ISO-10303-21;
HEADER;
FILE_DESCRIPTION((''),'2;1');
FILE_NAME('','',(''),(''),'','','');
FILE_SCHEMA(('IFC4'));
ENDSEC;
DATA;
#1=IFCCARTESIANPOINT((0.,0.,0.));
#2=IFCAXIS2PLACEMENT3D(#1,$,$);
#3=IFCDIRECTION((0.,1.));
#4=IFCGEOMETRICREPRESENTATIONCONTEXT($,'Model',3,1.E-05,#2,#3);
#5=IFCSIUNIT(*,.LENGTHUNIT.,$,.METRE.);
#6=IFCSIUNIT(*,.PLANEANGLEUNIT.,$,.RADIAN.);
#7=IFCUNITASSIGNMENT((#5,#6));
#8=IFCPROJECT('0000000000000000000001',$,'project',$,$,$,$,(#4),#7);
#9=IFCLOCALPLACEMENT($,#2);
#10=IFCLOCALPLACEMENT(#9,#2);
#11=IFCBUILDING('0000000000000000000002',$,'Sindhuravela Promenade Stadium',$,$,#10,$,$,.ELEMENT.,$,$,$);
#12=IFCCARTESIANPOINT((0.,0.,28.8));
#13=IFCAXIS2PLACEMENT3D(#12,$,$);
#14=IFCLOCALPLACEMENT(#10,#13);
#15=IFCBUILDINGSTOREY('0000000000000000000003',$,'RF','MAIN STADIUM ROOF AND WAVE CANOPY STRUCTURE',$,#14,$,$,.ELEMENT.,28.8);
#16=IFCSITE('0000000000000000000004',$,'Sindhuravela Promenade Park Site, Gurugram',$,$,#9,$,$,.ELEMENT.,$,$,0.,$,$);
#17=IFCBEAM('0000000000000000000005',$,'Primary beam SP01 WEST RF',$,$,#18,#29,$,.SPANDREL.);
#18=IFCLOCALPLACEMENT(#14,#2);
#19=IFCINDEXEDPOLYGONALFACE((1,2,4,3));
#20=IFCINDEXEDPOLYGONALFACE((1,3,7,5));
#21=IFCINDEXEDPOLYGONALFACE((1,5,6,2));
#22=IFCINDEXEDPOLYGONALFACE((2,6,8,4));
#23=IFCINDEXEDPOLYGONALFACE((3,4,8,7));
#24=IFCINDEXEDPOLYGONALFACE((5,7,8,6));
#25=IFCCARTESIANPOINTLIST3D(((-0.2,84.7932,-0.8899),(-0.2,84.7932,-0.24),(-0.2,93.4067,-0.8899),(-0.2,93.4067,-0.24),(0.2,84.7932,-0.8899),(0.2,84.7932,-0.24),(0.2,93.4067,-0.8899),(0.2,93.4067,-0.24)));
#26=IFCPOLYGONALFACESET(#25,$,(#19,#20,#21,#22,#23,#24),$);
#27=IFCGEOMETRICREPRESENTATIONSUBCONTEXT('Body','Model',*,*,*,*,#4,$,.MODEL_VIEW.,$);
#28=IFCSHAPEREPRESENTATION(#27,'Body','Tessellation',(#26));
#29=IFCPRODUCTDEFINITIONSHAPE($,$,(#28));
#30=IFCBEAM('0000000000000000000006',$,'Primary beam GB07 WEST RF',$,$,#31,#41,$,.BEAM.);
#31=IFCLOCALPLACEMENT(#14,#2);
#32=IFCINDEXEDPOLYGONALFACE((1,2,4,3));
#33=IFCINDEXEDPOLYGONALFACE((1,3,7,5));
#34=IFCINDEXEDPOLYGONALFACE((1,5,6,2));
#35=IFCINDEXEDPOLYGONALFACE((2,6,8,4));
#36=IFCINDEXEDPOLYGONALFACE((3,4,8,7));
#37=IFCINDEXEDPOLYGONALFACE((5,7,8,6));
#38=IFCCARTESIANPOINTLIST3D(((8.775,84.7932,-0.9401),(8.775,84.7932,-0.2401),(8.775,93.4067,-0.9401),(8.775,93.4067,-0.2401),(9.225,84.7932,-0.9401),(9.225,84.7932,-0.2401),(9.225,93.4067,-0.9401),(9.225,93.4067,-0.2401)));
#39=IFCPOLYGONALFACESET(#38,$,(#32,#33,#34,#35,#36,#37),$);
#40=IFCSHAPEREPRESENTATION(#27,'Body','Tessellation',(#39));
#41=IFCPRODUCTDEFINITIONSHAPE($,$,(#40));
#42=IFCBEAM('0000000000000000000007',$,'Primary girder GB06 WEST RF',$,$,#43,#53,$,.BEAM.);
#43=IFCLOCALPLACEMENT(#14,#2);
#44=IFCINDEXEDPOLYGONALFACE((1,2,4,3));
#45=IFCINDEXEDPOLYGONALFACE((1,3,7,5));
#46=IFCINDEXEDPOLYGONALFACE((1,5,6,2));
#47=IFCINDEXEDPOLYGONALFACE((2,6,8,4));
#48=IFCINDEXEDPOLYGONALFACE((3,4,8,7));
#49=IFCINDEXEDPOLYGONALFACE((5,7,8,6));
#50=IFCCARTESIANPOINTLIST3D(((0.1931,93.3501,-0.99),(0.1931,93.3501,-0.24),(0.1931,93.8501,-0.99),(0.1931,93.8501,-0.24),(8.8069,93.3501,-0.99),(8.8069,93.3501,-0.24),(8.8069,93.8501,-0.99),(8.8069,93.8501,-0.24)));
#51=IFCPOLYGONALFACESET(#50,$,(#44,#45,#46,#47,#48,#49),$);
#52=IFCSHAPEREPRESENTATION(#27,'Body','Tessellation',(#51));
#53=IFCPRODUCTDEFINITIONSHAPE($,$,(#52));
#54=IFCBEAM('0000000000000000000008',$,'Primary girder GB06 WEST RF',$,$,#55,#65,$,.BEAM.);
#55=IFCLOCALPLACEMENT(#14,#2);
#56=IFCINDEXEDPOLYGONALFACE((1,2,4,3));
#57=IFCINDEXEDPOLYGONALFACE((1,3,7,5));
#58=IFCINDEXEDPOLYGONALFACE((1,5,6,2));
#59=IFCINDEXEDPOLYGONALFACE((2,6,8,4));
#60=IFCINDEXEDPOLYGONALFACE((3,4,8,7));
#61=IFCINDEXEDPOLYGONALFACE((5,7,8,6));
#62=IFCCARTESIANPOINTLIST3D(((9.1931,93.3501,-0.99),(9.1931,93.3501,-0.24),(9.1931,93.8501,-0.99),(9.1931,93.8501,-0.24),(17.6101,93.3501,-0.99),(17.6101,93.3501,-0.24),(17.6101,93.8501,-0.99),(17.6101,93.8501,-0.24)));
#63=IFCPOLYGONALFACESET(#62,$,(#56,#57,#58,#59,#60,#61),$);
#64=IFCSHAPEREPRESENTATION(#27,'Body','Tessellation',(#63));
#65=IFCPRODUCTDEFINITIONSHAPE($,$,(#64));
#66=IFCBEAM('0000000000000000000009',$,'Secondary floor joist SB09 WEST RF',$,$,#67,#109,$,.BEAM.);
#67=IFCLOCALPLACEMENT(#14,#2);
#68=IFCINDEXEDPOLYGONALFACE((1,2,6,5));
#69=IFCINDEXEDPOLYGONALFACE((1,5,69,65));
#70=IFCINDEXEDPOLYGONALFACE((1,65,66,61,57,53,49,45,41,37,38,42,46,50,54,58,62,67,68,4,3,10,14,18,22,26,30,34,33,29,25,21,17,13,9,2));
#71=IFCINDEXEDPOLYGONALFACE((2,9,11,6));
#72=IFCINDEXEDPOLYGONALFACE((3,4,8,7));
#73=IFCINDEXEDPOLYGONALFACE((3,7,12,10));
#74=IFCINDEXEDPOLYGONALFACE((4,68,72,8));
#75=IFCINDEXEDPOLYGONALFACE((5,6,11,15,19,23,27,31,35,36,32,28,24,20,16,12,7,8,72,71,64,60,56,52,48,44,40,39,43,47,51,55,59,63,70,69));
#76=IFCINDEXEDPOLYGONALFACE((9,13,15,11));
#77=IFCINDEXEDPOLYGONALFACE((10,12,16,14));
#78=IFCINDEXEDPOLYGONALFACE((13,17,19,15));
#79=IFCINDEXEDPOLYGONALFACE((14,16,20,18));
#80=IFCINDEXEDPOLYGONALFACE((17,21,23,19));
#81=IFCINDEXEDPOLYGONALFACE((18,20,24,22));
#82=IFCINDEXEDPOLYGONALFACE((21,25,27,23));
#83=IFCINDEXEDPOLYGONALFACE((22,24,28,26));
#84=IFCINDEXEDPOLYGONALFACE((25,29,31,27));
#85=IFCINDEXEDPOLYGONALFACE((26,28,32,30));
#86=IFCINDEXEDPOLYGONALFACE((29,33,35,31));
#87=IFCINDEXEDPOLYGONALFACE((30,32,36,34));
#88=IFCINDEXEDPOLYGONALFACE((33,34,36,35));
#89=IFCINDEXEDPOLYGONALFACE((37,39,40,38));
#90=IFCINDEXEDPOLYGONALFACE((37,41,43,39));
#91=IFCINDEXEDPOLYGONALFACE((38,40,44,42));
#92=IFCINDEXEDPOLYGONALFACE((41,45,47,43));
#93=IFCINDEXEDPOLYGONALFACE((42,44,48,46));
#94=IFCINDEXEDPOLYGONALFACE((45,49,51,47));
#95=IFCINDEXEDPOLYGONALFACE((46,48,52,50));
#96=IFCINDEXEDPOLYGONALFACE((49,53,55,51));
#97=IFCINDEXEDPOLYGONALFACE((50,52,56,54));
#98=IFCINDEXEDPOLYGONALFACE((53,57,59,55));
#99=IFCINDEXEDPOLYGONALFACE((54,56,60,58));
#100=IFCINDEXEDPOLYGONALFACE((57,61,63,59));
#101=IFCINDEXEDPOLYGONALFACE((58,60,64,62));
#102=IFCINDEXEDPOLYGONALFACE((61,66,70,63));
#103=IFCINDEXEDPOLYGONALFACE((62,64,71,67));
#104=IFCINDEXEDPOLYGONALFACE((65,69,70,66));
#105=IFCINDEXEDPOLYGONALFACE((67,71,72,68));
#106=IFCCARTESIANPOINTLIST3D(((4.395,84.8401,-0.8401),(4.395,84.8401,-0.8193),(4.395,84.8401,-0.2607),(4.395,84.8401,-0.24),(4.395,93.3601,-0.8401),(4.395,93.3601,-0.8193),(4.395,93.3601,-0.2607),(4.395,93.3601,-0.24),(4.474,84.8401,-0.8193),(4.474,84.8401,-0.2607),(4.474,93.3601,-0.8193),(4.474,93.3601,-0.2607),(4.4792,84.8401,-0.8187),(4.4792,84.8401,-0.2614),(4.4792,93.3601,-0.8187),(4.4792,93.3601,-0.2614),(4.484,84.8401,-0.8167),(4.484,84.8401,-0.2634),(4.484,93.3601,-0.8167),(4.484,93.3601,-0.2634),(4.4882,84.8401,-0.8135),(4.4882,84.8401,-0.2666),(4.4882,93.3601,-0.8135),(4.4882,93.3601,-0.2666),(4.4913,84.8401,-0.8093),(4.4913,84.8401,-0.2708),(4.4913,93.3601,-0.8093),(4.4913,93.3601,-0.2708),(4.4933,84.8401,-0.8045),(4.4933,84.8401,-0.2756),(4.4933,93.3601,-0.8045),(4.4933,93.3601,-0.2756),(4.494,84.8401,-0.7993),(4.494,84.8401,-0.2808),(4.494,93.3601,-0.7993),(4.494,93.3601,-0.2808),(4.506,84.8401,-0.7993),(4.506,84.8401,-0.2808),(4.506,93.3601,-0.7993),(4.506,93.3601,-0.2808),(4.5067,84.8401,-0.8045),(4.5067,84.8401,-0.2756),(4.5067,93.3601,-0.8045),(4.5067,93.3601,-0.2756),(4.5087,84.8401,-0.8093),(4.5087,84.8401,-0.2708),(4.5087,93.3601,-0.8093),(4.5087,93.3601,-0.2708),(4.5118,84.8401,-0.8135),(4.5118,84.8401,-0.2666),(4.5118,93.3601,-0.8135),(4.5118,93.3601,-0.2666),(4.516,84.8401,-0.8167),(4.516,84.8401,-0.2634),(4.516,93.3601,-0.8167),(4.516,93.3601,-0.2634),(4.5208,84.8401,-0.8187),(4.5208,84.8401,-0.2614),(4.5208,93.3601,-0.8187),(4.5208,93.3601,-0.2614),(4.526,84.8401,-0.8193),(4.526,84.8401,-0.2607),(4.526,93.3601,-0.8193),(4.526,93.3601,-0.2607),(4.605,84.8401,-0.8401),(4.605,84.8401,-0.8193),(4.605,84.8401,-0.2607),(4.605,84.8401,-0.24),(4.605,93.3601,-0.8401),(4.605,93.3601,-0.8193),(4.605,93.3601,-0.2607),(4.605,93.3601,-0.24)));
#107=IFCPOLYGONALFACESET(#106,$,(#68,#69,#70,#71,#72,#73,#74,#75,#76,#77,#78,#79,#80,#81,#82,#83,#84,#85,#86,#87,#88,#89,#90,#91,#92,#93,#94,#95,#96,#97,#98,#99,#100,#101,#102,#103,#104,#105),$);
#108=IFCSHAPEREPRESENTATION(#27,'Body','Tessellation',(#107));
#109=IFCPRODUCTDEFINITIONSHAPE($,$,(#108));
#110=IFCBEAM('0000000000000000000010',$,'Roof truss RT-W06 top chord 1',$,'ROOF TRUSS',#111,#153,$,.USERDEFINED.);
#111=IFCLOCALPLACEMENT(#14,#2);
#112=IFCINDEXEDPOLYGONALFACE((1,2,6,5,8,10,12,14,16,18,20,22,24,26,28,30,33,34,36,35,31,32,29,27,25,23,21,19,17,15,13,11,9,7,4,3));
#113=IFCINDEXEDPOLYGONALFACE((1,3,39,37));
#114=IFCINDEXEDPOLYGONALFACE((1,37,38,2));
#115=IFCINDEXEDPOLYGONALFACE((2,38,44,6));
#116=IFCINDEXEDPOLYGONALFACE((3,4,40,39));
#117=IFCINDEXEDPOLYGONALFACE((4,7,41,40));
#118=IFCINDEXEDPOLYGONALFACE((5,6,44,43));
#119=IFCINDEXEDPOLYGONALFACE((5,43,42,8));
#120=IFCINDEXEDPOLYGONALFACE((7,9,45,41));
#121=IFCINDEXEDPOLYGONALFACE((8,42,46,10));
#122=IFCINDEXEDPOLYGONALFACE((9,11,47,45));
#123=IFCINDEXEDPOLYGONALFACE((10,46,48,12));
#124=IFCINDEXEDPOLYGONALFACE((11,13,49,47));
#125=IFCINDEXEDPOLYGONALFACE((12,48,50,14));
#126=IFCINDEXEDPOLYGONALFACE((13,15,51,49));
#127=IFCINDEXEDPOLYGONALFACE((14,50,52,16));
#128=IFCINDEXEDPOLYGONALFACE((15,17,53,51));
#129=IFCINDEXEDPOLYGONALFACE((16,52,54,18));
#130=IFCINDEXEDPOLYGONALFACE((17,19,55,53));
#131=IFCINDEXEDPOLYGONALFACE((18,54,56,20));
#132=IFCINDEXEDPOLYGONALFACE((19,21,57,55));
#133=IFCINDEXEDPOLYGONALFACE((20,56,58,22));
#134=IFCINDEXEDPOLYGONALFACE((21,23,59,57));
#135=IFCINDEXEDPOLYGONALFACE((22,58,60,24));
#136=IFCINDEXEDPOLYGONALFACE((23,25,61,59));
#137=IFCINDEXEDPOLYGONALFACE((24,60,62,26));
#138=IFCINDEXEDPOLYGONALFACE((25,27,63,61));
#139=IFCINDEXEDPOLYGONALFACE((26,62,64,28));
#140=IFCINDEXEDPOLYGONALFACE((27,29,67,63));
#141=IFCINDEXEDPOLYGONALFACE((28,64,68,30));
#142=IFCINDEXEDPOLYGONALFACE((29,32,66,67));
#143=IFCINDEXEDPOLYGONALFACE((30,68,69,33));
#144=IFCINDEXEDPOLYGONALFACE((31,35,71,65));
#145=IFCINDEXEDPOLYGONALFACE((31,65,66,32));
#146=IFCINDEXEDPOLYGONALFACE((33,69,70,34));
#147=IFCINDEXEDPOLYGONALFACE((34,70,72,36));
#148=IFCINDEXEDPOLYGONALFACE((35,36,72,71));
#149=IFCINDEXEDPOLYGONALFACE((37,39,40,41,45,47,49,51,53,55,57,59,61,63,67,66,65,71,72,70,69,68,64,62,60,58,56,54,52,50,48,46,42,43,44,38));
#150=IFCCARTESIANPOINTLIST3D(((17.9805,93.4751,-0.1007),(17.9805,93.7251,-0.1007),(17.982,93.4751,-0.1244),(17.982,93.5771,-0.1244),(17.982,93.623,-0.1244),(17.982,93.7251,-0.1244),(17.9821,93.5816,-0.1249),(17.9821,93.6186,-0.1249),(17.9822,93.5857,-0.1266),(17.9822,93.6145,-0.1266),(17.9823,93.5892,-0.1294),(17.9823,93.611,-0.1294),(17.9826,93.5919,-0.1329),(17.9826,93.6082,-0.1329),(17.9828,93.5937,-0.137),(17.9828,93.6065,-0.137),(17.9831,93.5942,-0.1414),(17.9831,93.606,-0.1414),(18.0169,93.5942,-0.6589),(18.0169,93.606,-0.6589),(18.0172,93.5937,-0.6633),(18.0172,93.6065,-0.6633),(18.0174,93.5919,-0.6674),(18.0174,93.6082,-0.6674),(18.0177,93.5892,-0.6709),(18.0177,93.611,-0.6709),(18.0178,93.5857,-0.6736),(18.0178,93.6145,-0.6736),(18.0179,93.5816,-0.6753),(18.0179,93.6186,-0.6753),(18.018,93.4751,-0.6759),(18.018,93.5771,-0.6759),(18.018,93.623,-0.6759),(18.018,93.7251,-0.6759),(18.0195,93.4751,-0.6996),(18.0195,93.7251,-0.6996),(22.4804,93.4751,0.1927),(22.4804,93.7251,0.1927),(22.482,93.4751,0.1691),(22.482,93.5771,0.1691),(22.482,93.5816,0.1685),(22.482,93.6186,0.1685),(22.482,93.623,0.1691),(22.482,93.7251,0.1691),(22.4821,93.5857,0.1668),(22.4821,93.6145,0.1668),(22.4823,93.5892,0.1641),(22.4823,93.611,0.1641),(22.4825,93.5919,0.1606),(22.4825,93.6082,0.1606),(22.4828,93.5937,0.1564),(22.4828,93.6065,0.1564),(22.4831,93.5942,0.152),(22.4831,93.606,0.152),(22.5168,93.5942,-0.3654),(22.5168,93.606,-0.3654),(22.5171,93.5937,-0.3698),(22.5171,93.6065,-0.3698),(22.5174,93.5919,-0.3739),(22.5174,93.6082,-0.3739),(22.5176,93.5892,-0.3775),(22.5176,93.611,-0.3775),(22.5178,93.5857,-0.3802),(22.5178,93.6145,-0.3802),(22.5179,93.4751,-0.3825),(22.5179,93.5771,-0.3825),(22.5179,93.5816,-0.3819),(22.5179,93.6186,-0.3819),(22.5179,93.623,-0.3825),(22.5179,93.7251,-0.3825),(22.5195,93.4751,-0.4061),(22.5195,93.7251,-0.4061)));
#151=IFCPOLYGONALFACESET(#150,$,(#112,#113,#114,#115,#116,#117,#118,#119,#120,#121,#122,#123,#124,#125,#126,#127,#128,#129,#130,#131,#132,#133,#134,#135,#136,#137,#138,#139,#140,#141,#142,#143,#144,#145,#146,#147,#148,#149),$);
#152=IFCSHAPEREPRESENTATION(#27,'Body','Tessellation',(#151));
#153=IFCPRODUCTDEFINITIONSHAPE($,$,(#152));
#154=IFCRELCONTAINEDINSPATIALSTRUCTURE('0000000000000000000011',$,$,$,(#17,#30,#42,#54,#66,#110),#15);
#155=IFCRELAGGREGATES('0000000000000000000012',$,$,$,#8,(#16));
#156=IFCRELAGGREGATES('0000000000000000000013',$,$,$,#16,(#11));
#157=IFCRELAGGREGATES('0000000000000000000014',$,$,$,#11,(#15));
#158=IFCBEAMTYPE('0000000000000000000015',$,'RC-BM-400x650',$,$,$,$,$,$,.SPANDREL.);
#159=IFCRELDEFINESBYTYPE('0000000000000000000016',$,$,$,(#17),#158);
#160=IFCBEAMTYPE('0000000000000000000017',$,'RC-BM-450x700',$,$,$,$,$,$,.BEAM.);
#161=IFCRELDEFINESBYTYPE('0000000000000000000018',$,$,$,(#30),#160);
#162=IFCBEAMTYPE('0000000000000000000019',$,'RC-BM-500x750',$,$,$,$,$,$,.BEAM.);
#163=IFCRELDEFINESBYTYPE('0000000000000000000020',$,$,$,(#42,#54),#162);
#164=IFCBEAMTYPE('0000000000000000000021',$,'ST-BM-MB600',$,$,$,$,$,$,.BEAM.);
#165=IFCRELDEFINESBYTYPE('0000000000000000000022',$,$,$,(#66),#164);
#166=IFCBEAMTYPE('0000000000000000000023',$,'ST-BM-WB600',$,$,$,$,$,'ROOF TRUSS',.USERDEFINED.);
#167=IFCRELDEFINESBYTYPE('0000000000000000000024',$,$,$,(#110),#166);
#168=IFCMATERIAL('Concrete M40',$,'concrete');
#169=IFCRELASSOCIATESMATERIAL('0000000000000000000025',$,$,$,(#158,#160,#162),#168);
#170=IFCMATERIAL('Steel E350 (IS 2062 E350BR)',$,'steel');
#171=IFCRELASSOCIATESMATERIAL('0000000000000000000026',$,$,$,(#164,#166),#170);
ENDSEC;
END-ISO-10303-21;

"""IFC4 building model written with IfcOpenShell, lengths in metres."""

from ifc_helpers import new_model, si_unit, direction, frame, origin, origin_2d, place, context, subcontext, project, spatial, rectangle, i_section, extrude, material, material_profile, profile_set, type_object, element, save


model = new_model("IFC4")

# Units and contexts
model_context = context("Model", 3, precision=1e-05, world=origin(), true_north=direction((0.0, 1.0)))
body_context = subcontext(model_context, "Body", "Model", "MODEL_VIEW")
ifc_project = project(units=[si_unit("LENGTHUNIT", "METRE"), si_unit("PLANEANGLEUNIT", "RADIAN")], contexts=[model_context])

# Site, building, storey
site_placement = place(None, origin())
site = spatial("IfcSite", under=ifc_project, at=site_placement, Name="Sindhuravela Promenade Park Site, Gurugram", CompositionType="ELEMENT", RefElevation=0.0)
building_placement = place(site_placement, origin())
building = spatial("IfcBuilding", under=site, at=building_placement, Name="Sindhuravela Promenade Stadium", CompositionType="ELEMENT")
storey_placement = place(building_placement, frame((0.0, 0.0, 28.8)))
storey = spatial("IfcBuildingStorey", under=building, at=storey_placement, Name="RF", Description="MAIN STADIUM ROOF AND WAVE CANOPY STRUCTURE", CompositionType="ELEMENT", Elevation=28.8)

# Beams
ifc_material_1 = material(Name="Concrete M40", Category="concrete")
ifc_material_profile_1 = material_profile(ifc_material_1, rectangle(XDim=0.3999, YDim=0.6499, at=origin_2d()), Name="RC 400x650")
ifc_profile_set_1 = profile_set([ifc_material_profile_1], Name="Concrete M40")
beam_type_1 = type_object("IfcBeamType", Name="RC-BM-400x650", PredefinedType="SPANDREL", material=ifc_profile_set_1)
beam_1_placement = place(storey_placement, frame((0.0, 84.7932, -0.5649), z_axis=(0.0, 1.0, 0.0), x_axis=(-1.0, 0.0, 0.0)))
element("IfcBeam", 1, at=beam_1_placement, inside=storey, type_object=beam_type_1, Name="Primary beam SP01 WEST RF", PredefinedType="SPANDREL", context=body_context, shape_type="SweptSolid", body=[
    extrude(rectangle(XDim=0.3999, YDim=0.6499, at=origin_2d()), origin(), (0.0, 0.0, 1.0), 8.6135),
])
ifc_material_profile_2 = material_profile(ifc_material_1, rectangle(XDim=0.45, YDim=0.7, at=origin_2d()), Name="RC 450x700")
ifc_profile_set_2 = profile_set([ifc_material_profile_2], Name="Concrete M40")
beam_type_2 = type_object("IfcBeamType", Name="RC-BM-450x700", PredefinedType="BEAM", material=ifc_profile_set_2)
beam_2_placement = place(storey_placement, frame((9.0, 84.7932, -0.5901), z_axis=(0.0, 1.0, 0.0), x_axis=(-1.0, 0.0, 0.0)))
element("IfcBeam", 2, at=beam_2_placement, inside=storey, type_object=beam_type_2, Name="Primary beam GB07 WEST RF", PredefinedType="BEAM", context=body_context, shape_type="SweptSolid", body=[
    extrude(rectangle(XDim=0.45, YDim=0.7, at=origin_2d()), origin(), (0.0, 0.0, 1.0), 8.6135),
])
ifc_material_profile_3 = material_profile(ifc_material_1, rectangle(XDim=0.5, YDim=0.75, at=origin_2d()), Name="RC 500x750")
ifc_profile_set_3 = profile_set([ifc_material_profile_3], Name="Concrete M40")
beam_type_3 = type_object("IfcBeamType", Name="RC-BM-500x750", PredefinedType="BEAM", material=ifc_profile_set_3)
beam_3_placement = place(storey_placement, frame((0.1931, 93.6001, -0.615), z_axis=(1.0, 0.0, 0.0), x_axis=(0.0, 1.0, 0.0)))
element("IfcBeam", 3, at=beam_3_placement, inside=storey, type_object=beam_type_3, Name="Primary girder GB06 WEST RF", PredefinedType="BEAM", context=body_context, shape_type="SweptSolid", body=[
    extrude(rectangle(XDim=0.5, YDim=0.75, at=origin_2d()), origin(), (0.0, 0.0, 1.0), 8.6138),
])
beam_4_placement = place(storey_placement, frame((9.1931, 93.6001, -0.615), z_axis=(1.0, 0.0, 0.0), x_axis=(0.0, 1.0, 0.0)))
element("IfcBeam", 4, at=beam_4_placement, inside=storey, type_object=beam_type_3, Name="Primary girder GB06 WEST RF", PredefinedType="BEAM", context=body_context, shape_type="SweptSolid", body=[
    extrude(rectangle(XDim=0.5, YDim=0.75, at=origin_2d()), origin(), (0.0, 0.0, 1.0), 8.417),
])
ifc_material_2 = material(Name="Steel E350 (IS 2062 E350BR)", Category="steel")
ifc_material_profile_4 = material_profile(ifc_material_2, i_section(OverallWidth=0.21, OverallDepth=0.6001, WebThickness=0.012, FlangeThickness=0.0208, FilletRadius=0.02, at=origin_2d()), Name="ISMB 600")
ifc_profile_set_4 = profile_set([ifc_material_profile_4], Name="Steel E350 (IS 2062 E350BR)")
beam_type_4 = type_object("IfcBeamType", Name="ST-BM-MB600", PredefinedType="BEAM", material=ifc_profile_set_4)
beam_5_placement = place(storey_placement, frame((4.5, 84.8401, -0.54), z_axis=(0.0, 1.0, 0.0), x_axis=(-1.0, 0.0, 0.0)))
element("IfcBeam", 5, at=beam_5_placement, inside=storey, type_object=beam_type_4, Name="Secondary floor joist SB09 WEST RF", PredefinedType="BEAM", context=body_context, shape_type="SweptSolid", body=[
    extrude(i_section(OverallWidth=0.21, OverallDepth=0.6001, WebThickness=0.012, FlangeThickness=0.0208, FilletRadius=0.02, at=origin_2d()), origin(), (0.0, 0.0, 1.0), 8.52),
])
ifc_material_profile_5 = material_profile(ifc_material_2, i_section(OverallWidth=0.25, OverallDepth=0.6001, WebThickness=0.0117, FlangeThickness=0.0237, FilletRadius=0.0171, at=origin_2d()), Name="ISWB 600")
ifc_profile_set_5 = profile_set([ifc_material_profile_5], Name="Steel E350 (IS 2062 E350BR)")
beam_type_5 = type_object("IfcBeamType", Name="ST-BM-WB600", ElementType="ROOF TRUSS", PredefinedType="USERDEFINED", material=ifc_profile_set_5)
beam_6_placement = place(storey_placement, frame((18.0, 93.6001, -0.4001), z_axis=(0.99788, 0.0, 0.065074), x_axis=(0.0, 1.0, 0.0)))
element("IfcBeam", 6, at=beam_6_placement, inside=storey, type_object=beam_type_5, Name="Roof truss RT-W06 top chord 1", ObjectType="ROOF TRUSS", PredefinedType="USERDEFINED", context=body_context, shape_type="SweptSolid", body=[
    extrude(i_section(OverallWidth=0.25, OverallDepth=0.6001, WebThickness=0.0117, FlangeThickness=0.0237, FilletRadius=0.0171, at=origin_2d()), origin(), (0.0, 0.0, 1.0), 4.5095),
])

save(model, "model.ifc")
